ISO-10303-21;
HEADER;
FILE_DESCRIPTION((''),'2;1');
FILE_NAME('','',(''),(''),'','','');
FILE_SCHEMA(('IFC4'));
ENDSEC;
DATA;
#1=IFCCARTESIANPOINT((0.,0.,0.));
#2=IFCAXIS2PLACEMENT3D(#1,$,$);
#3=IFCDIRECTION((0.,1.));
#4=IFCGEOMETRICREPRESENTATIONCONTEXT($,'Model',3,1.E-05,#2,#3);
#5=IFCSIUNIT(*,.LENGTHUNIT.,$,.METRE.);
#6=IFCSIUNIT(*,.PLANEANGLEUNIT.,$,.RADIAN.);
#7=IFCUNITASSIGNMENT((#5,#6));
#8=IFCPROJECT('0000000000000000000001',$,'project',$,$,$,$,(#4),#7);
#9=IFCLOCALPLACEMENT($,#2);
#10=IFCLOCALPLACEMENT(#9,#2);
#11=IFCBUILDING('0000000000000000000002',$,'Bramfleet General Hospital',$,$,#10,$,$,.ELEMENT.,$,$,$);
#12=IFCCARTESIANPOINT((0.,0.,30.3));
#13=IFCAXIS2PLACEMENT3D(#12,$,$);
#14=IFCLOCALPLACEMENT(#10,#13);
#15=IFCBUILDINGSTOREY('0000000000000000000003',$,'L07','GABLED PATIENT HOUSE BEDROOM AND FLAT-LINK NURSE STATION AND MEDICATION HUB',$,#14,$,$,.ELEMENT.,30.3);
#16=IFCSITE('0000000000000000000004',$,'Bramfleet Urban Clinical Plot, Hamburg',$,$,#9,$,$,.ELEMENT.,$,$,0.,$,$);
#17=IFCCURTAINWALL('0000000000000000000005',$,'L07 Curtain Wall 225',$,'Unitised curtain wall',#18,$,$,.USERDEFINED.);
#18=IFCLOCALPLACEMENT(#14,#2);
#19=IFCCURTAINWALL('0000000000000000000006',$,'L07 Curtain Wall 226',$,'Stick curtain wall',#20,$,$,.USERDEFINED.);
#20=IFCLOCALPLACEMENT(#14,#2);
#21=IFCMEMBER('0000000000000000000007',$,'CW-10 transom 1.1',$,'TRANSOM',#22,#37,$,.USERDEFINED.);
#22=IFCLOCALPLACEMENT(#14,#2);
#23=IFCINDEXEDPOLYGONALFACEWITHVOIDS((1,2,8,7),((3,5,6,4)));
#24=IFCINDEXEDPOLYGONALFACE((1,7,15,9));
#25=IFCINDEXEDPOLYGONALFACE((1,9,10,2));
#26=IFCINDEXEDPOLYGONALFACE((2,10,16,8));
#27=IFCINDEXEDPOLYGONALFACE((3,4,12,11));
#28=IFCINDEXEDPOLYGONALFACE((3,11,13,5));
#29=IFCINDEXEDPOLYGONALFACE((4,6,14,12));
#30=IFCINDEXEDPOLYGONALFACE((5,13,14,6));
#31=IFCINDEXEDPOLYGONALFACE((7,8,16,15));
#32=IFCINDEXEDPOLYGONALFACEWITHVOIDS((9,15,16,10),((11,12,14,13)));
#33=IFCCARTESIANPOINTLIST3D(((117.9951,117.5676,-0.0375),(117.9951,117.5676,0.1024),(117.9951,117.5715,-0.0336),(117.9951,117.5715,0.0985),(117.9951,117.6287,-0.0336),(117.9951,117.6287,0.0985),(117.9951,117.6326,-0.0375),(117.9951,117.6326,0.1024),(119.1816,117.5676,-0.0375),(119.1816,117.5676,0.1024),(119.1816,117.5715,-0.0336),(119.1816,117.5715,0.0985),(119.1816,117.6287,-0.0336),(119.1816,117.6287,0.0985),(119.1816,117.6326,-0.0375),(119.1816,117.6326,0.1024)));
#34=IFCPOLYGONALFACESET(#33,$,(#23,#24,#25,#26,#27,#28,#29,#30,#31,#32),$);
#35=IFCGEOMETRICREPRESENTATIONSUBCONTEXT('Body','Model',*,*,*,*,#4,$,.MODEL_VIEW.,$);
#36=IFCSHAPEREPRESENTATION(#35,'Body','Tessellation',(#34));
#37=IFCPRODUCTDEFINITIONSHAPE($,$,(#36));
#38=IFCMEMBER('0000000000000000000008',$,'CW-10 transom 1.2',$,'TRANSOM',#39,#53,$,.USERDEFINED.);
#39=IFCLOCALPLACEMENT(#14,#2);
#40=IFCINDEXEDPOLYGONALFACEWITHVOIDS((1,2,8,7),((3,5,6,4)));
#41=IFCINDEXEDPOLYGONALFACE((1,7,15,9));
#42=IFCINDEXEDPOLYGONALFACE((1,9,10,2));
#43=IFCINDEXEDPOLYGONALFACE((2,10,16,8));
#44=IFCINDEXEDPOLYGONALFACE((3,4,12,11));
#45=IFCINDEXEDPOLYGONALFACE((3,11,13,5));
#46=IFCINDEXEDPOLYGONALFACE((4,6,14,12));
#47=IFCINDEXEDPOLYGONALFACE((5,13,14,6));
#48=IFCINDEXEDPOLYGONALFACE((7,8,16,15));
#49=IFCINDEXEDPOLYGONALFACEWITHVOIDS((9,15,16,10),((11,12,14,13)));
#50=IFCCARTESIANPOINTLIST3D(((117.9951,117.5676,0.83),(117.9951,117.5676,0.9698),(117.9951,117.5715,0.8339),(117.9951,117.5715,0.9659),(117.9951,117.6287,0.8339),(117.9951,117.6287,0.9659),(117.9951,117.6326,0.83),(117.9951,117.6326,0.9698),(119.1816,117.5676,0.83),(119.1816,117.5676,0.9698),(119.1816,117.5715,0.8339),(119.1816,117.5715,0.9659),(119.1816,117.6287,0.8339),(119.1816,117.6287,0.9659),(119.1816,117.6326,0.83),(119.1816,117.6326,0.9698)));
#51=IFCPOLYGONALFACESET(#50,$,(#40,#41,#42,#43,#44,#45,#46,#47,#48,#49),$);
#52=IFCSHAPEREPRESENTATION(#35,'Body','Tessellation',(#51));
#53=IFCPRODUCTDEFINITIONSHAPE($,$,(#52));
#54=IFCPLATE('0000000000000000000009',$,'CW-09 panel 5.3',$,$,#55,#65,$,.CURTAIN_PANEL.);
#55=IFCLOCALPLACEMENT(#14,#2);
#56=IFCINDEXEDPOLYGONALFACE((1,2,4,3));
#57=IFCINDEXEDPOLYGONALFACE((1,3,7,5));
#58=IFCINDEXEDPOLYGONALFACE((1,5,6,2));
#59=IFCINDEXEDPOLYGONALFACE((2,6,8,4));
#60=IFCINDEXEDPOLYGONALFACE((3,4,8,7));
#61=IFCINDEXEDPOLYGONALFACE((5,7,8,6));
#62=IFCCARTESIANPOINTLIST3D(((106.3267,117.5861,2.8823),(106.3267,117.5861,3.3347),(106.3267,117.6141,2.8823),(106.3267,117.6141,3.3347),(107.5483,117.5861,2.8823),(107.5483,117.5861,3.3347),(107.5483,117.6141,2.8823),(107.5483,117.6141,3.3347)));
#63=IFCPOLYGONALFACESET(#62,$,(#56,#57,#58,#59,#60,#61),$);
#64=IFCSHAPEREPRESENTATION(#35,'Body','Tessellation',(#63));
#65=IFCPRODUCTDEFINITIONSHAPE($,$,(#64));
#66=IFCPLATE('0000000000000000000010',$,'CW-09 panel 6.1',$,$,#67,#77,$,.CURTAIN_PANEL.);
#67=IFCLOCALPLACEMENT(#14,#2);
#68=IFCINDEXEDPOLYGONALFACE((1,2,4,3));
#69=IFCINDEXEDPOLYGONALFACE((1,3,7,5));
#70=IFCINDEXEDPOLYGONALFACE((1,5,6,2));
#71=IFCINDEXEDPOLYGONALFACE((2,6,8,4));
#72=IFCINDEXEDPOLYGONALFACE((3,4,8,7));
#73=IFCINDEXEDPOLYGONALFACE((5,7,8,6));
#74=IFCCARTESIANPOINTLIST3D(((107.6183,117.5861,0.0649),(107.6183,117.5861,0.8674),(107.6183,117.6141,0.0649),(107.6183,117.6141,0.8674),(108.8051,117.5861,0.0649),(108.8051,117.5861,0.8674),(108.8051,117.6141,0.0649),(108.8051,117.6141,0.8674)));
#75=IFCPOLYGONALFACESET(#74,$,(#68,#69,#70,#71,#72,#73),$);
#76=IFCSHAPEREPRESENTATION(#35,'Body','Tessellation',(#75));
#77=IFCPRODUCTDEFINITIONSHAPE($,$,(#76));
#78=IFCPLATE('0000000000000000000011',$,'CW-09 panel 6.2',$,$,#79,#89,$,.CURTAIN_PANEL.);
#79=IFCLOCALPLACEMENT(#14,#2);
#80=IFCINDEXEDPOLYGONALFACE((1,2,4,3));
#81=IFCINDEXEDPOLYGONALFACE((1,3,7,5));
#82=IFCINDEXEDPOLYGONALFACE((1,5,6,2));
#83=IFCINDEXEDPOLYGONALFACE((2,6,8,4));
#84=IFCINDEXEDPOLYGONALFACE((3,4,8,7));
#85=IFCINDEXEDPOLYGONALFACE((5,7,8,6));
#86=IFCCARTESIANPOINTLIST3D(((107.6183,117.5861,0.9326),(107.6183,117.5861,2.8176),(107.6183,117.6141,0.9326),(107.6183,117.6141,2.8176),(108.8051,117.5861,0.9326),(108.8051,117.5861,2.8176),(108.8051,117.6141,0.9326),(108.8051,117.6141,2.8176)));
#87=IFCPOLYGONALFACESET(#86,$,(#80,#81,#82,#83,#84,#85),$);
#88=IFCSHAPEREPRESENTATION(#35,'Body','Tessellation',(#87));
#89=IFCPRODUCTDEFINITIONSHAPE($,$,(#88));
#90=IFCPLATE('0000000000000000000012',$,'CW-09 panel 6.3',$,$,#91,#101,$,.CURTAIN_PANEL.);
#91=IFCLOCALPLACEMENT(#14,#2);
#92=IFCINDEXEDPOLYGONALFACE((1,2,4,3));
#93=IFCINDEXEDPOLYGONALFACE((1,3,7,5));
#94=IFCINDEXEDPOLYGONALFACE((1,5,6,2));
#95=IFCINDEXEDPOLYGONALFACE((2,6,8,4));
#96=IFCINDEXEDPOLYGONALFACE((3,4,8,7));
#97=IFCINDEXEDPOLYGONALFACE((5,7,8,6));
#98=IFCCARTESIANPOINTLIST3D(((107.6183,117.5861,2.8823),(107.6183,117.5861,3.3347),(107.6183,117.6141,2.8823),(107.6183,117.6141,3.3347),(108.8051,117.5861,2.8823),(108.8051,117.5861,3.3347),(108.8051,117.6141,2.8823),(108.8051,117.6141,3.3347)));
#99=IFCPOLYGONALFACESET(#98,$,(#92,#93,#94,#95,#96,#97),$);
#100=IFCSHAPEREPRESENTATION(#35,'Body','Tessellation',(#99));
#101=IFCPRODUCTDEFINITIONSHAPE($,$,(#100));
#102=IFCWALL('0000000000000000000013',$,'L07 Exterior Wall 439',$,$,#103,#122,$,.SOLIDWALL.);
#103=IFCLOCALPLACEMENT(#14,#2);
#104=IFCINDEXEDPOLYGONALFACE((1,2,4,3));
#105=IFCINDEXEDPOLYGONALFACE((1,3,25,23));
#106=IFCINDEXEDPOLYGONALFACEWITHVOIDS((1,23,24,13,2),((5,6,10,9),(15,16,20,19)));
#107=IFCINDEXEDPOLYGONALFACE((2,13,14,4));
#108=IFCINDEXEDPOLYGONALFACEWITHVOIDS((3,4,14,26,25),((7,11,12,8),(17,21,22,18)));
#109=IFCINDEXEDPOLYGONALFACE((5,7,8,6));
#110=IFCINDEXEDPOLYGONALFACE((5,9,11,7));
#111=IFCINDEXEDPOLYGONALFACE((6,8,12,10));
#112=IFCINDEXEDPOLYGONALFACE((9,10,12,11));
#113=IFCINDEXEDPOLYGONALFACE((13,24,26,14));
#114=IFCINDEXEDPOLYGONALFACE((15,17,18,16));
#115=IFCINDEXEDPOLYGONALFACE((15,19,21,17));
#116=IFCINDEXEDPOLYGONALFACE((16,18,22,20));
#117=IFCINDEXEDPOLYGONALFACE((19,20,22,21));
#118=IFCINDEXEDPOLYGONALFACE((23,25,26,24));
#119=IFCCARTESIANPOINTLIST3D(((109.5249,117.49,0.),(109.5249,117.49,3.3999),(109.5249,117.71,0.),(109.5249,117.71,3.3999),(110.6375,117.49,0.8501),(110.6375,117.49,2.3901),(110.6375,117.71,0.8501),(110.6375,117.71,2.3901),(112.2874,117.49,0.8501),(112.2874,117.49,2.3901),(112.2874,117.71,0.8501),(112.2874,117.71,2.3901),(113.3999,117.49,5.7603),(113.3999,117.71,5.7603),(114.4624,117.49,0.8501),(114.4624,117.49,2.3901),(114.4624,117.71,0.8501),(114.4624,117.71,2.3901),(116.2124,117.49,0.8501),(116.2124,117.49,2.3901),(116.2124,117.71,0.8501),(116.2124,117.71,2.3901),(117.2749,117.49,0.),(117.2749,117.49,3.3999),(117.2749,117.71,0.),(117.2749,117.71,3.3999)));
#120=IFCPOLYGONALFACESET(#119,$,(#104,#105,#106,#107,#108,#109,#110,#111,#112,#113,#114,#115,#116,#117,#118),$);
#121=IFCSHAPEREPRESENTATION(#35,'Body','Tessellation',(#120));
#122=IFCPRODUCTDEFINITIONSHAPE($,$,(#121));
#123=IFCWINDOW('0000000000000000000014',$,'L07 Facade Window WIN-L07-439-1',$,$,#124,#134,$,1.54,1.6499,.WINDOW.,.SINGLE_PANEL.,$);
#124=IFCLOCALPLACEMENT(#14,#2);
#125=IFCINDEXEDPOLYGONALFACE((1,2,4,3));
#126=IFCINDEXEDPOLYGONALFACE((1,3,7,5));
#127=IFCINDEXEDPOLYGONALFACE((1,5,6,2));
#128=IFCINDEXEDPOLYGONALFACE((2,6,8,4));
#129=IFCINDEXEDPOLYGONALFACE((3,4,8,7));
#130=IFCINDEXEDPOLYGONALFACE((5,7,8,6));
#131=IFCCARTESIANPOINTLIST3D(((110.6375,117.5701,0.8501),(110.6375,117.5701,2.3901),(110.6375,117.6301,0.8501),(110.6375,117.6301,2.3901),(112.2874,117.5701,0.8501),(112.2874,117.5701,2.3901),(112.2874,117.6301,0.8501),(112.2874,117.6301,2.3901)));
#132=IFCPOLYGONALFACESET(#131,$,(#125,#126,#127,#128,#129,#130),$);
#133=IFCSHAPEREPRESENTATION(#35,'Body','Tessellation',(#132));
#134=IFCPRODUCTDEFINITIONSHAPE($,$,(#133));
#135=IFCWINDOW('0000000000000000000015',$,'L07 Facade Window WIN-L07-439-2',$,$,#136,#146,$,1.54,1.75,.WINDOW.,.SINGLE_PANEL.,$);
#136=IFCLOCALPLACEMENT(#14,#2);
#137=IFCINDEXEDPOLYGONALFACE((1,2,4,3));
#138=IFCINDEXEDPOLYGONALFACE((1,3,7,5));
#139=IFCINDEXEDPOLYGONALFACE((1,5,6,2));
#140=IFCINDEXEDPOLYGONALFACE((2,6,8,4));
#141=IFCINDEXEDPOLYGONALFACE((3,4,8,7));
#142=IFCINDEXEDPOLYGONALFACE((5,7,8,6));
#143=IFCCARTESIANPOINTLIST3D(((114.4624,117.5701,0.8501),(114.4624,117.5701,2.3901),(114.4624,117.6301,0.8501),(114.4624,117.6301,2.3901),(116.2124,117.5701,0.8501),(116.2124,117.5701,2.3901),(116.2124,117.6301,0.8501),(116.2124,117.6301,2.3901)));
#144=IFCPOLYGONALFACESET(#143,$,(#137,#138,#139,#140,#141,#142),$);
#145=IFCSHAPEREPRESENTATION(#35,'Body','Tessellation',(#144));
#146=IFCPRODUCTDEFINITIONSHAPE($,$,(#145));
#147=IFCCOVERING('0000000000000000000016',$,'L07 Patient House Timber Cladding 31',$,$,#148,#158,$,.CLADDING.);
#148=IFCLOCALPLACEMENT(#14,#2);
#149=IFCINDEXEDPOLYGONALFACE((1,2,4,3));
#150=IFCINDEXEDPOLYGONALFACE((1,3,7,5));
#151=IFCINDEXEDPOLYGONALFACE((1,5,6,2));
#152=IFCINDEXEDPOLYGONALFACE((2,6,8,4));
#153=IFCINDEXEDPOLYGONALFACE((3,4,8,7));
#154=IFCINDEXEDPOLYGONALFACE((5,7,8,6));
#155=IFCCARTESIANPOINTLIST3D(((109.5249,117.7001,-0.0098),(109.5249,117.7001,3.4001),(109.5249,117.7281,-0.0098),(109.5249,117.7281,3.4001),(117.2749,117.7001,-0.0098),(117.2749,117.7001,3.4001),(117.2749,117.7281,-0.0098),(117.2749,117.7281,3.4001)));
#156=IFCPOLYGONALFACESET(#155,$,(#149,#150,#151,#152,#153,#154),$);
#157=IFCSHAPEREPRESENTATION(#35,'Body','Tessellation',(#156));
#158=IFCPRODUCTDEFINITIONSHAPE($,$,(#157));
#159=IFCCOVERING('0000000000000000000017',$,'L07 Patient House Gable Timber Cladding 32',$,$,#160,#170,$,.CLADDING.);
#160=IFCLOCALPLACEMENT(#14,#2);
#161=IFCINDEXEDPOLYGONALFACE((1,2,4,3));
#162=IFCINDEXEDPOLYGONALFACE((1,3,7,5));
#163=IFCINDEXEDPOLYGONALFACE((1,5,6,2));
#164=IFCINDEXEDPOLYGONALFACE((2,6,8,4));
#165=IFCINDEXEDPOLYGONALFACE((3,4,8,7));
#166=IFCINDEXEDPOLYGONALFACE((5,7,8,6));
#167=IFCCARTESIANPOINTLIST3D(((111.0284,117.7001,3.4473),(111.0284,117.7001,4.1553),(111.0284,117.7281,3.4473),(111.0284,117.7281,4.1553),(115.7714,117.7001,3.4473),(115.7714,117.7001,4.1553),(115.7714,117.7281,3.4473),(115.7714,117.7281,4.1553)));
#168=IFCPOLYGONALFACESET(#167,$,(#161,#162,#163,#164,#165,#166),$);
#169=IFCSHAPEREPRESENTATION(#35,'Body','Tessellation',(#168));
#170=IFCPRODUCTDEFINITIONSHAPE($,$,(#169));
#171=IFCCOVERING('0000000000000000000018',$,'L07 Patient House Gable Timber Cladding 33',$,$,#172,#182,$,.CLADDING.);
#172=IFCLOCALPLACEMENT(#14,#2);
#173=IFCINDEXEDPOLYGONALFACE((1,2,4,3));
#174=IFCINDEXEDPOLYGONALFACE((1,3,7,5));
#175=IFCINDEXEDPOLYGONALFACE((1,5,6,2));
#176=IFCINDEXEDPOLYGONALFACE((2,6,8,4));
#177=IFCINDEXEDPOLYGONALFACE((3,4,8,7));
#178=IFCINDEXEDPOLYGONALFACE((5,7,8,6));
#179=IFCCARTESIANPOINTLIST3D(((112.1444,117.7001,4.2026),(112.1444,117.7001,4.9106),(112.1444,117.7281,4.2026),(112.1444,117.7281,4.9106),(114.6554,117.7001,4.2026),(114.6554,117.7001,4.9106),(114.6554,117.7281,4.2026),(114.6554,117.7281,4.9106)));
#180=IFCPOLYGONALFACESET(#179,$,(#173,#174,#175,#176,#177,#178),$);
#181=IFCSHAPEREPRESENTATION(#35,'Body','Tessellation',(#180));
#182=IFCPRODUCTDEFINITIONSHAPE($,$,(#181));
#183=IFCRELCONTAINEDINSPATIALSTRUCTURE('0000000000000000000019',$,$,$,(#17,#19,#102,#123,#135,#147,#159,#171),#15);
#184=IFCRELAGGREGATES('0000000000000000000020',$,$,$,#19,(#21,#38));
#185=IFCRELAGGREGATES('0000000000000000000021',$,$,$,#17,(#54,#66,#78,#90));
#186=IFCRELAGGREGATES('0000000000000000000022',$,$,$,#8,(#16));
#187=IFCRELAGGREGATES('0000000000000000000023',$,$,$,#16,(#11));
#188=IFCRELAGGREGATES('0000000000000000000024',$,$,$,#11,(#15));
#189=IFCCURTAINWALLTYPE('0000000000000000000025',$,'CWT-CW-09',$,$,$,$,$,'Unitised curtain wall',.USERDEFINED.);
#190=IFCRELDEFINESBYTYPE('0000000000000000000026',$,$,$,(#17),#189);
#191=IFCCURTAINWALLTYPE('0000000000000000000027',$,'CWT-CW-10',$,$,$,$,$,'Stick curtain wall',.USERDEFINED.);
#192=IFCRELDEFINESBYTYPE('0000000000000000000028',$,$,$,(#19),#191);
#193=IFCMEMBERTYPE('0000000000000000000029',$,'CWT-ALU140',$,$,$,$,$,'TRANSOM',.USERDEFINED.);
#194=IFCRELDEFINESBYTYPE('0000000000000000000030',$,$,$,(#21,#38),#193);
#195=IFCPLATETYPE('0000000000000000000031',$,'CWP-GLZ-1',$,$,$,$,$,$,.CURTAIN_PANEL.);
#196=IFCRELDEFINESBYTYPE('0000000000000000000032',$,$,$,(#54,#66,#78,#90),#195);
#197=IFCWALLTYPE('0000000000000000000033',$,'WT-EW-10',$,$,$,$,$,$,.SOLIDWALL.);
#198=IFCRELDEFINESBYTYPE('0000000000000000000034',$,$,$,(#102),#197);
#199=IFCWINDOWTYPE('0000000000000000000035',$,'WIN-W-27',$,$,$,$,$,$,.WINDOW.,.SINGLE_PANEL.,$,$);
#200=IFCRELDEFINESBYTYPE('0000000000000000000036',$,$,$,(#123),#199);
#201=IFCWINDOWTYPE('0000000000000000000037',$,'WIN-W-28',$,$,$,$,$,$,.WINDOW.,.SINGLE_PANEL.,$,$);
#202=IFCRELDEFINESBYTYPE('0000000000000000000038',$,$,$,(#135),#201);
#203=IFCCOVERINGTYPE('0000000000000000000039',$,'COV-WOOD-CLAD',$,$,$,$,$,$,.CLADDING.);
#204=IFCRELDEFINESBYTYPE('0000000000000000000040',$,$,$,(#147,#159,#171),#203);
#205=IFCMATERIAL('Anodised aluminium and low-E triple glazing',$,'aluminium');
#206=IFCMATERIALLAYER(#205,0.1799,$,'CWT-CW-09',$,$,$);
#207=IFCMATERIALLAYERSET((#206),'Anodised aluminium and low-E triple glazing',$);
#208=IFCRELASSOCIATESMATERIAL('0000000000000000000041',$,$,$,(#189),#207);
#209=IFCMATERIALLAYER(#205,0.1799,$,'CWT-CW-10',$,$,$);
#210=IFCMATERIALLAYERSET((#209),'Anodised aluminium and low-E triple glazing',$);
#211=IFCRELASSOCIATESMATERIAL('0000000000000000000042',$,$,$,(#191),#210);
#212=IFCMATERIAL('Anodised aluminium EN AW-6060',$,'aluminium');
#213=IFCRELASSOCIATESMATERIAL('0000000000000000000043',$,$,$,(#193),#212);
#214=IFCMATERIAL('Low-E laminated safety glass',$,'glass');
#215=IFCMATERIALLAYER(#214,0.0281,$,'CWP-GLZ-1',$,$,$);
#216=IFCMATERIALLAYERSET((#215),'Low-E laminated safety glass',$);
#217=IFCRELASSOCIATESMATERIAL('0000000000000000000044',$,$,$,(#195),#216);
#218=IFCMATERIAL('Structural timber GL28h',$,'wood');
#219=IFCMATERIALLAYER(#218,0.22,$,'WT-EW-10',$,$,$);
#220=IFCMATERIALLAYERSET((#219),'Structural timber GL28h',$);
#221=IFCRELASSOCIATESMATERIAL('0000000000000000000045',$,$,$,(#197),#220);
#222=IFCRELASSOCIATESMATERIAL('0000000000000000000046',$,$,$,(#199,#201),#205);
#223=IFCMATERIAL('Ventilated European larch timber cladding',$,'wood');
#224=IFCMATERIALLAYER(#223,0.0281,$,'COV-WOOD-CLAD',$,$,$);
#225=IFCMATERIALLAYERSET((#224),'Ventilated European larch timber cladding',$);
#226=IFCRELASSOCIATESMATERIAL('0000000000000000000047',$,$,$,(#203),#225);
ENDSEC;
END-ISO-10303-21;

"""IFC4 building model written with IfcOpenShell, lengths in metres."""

from ifc_helpers import new_model, si_unit, direction, frame, frame_2d, origin, origin_2d, place, context, subcontext, project, spatial, polyline, rectangle, hollow_rectangle, outline, extrude, material, layer, layer_set, material_profile, profile_set, type_object, element, fill, aggregate, save


model = new_model("IFC4")

# Units and contexts
model_context = context("Model", 3, precision=1e-05, world=origin(), true_north=direction((0.0, 1.0)))
body_context = subcontext(model_context, "Body", "Model", "MODEL_VIEW")
ifc_project = project(units=[si_unit("LENGTHUNIT", "METRE"), si_unit("PLANEANGLEUNIT", "RADIAN")], contexts=[model_context])

# Site, building, storey
site_placement = place(None, origin())
site = spatial("IfcSite", under=ifc_project, at=site_placement, Name="Bramfleet Urban Clinical Plot, Hamburg", CompositionType="ELEMENT", RefElevation=0.0)
building_placement = place(site_placement, origin())
building = spatial("IfcBuilding", under=site, at=building_placement, Name="Bramfleet General Hospital", CompositionType="ELEMENT")
storey_placement = place(building_placement, frame((0.0, 0.0, 30.3)))
storey = spatial("IfcBuildingStorey", under=building, at=storey_placement, Name="L07", Description="GABLED PATIENT HOUSE BEDROOM AND FLAT-LINK NURSE STATION AND MEDICATION HUB", CompositionType="ELEMENT", Elevation=30.3)

# Curtain wall
ifc_material_1 = material(Name="Anodised aluminium and low-E triple glazing", Category="aluminium")
ifc_layer_1 = layer(ifc_material_1, 0.1799, Name="CWT-CW-09")
ifc_layer_set_1 = layer_set([ifc_layer_1], Name="Anodised aluminium and low-E triple glazing")
curtain_wall_type_1 = type_object("IfcCurtainWallType", Name="CWT-CW-09", ElementType="Unitised curtain wall", PredefinedType="USERDEFINED", material=ifc_layer_set_1)
curtain_wall_1_placement = place(storey_placement, origin())
curtain_wall_1 = element("IfcCurtainWall", 1, at=curtain_wall_1_placement, inside=storey, type_object=curtain_wall_type_1, Name="L07 Curtain Wall 225", ObjectType="Unitised curtain wall", PredefinedType="USERDEFINED")
ifc_material_2 = material(Name="Anodised aluminium EN AW-6060", Category="aluminium")

# Curtain wall
ifc_layer_2 = layer(ifc_material_1, 0.1799, Name="CWT-CW-10")
ifc_layer_set_2 = layer_set([ifc_layer_2], Name="Anodised aluminium and low-E triple glazing")
curtain_wall_type_2 = type_object("IfcCurtainWallType", Name="CWT-CW-10", ElementType="Stick curtain wall", PredefinedType="USERDEFINED", material=ifc_layer_set_2)
curtain_wall_2_placement = place(storey_placement, origin())
curtain_wall_2 = element("IfcCurtainWall", 2, at=curtain_wall_2_placement, inside=storey, type_object=curtain_wall_type_2, Name="L07 Curtain Wall 226", ObjectType="Stick curtain wall", PredefinedType="USERDEFINED")

# Members
ifc_material_profile_1 = material_profile(ifc_material_2, hollow_rectangle(XDim=0.0649, YDim=0.1399, WallThickness=0.0039, at=origin_2d()), Name="ALU 140x65x4.0")
ifc_profile_set_1 = profile_set([ifc_material_profile_1], Name="Anodised aluminium EN AW-6060")
member_type_1 = type_object("IfcMemberType", Name="CWT-ALU140", ElementType="TRANSOM", PredefinedType="USERDEFINED", material=ifc_profile_set_1)
member_1_placement = place(storey_placement, frame((117.9951, 117.6001, 0.0325), z_axis=(1.0, 0.0, 0.0), x_axis=(0.0, 1.0, 0.0)))
member_1 = element("IfcMember", 3, at=member_1_placement, type_object=member_type_1, Name="CW-10 transom 1.1", ObjectType="TRANSOM", PredefinedType="USERDEFINED", context=body_context, shape_type="SweptSolid", body=[
    extrude(hollow_rectangle(XDim=0.0649, YDim=0.1399, WallThickness=0.0039, at=origin_2d()), origin(), (0.0, 0.0, 1.0), 1.1865),
])
member_2_placement = place(storey_placement, frame((117.9951, 117.6001, 0.8999), z_axis=(1.0, 0.0, 0.0), x_axis=(0.0, 1.0, 0.0)))
member_2 = element("IfcMember", 4, at=member_2_placement, type_object=member_type_1, Name="CW-10 transom 1.2", ObjectType="TRANSOM", PredefinedType="USERDEFINED", context=body_context, shape_type="SweptSolid", body=[
    extrude(hollow_rectangle(XDim=0.0649, YDim=0.1399, WallThickness=0.0039, at=origin_2d()), origin(), (0.0, 0.0, 1.0), 1.1865),
])
aggregate(curtain_wall_2, [member_1, member_2])

# Plates
ifc_material_3 = material(Name="Low-E laminated safety glass", Category="glass")
ifc_layer_3 = layer(ifc_material_3, 0.0281, Name="CWP-GLZ-1")
ifc_layer_set_3 = layer_set([ifc_layer_3], Name="Low-E laminated safety glass")
plate_type = type_object("IfcPlateType", Name="CWP-GLZ-1", PredefinedType="CURTAIN_PANEL", material=ifc_layer_set_3)
plate_1_placement = place(storey_placement, frame((106.9375, 117.6001, 2.8823), z_axis=(0.0, 0.0, 1.0), x_axis=(1.0, 0.0, 0.0)))
plate_1 = element("IfcPlate", 5, at=plate_1_placement, type_object=plate_type, Name="CW-09 panel 5.3", PredefinedType="CURTAIN_PANEL", context=body_context, shape_type="SweptSolid", body=[
    extrude(rectangle(XDim=1.2217, YDim=0.0281, at=origin_2d()), origin(), (0.0, 0.0, 1.0), 0.4524),
])
plate_2_placement = place(storey_placement, frame((108.2117, 117.6001, 0.0649), z_axis=(0.0, 0.0, 1.0), x_axis=(1.0, 0.0, 0.0)))
plate_2 = element("IfcPlate", 6, at=plate_2_placement, type_object=plate_type, Name="CW-09 panel 6.1", PredefinedType="CURTAIN_PANEL", context=body_context, shape_type="SweptSolid", body=[
    extrude(rectangle(XDim=1.1868, YDim=0.0281, at=origin_2d()), origin(), (0.0, 0.0, 1.0), 0.8025),
])
plate_3_placement = place(storey_placement, frame((108.2117, 117.6001, 0.9326), z_axis=(0.0, 0.0, 1.0), x_axis=(1.0, 0.0, 0.0)))
plate_3 = element("IfcPlate", 7, at=plate_3_placement, type_object=plate_type, Name="CW-09 panel 6.2", PredefinedType="CURTAIN_PANEL", context=body_context, shape_type="SweptSolid", body=[
    extrude(rectangle(XDim=1.1868, YDim=0.0281, at=origin_2d()), origin(), (0.0, 0.0, 1.0), 1.885),
])
plate_4_placement = place(storey_placement, frame((108.2117, 117.6001, 2.8823), z_axis=(0.0, 0.0, 1.0), x_axis=(1.0, 0.0, 0.0)))
plate_4 = element("IfcPlate", 8, at=plate_4_placement, type_object=plate_type, Name="CW-09 panel 6.3", PredefinedType="CURTAIN_PANEL", context=body_context, shape_type="SweptSolid", body=[
    extrude(rectangle(XDim=1.1868, YDim=0.0281, at=origin_2d()), origin(), (0.0, 0.0, 1.0), 0.4524),
])
aggregate(curtain_wall_1, [plate_1, plate_2, plate_3, plate_4])

# Wall, openings, windows
ifc_material_4 = material(Name="Structural timber GL28h", Category="wood")
ifc_layer_4 = layer(ifc_material_4, 0.22, Name="WT-EW-10")
ifc_layer_set_4 = layer_set([ifc_layer_4], Name="Structural timber GL28h")
wall_type = type_object("IfcWallType", Name="WT-EW-10", PredefinedType="SOLIDWALL", material=ifc_layer_set_4)
wall_placement = place(storey_placement, frame((109.5249, 117.6001, 0.0), z_axis=(0.0, 0.0, 1.0), x_axis=(1.0, 0.0, 0.0)))
wall = element("IfcWall", 9, at=wall_placement, inside=storey, type_object=wall_type, Name="L07 Exterior Wall 439", PredefinedType="SOLIDWALL", context=body_context, shape_type="SweptSolid", body=[
    extrude(outline(polyline([(0.0, 0.0), (7.75, 0.0), (7.75, 3.3999), (3.875, 5.7603), (0.0, 3.3999), (0.0, 0.0)])), frame((0.0, 0.1099, 0.0), z_axis=(0.0, -1.0, 0.0), x_axis=(1.0, 0.0, 0.0)), (0.0, 0.0, 1.0), 0.22),
])
opening_1_placement = place(wall_placement, frame((1.1125, 0.0, 0.8501)))
opening_1 = element("IfcOpeningElement", 10, at=opening_1_placement, cuts=wall, PredefinedType="OPENING", context=body_context, shape_type="SweptSolid", body=[
    extrude(rectangle(XDim=1.6499, YDim=1.54, at=frame_2d((0.825, 0.77))), frame((0.0, 0.1199, 0.0), z_axis=(0.0, -1.0, 0.0), x_axis=(1.0, 0.0, 0.0)), (0.0, 0.0, 1.0), 0.24),
])
opening_2_placement = place(wall_placement, frame((4.9375, 0.0, 0.8501)))
opening_2 = element("IfcOpeningElement", 11, at=opening_2_placement, cuts=wall, PredefinedType="OPENING", context=body_context, shape_type="SweptSolid", body=[
    extrude(rectangle(XDim=1.75, YDim=1.54, at=frame_2d((0.875, 0.77))), frame((0.0, 0.1199, 0.0), z_axis=(0.0, -1.0, 0.0), x_axis=(1.0, 0.0, 0.0)), (0.0, 0.0, 1.0), 0.24),
])
window_type_1 = type_object("IfcWindowType", Name="WIN-W-27", PartitioningType="SINGLE_PANEL", PredefinedType="WINDOW", material=ifc_material_1)
window_1_placement = place(opening_1_placement, origin())
window_1 = element("IfcWindow", 12, at=window_1_placement, inside=storey, type_object=window_type_1, Name="L07 Facade Window WIN-L07-439-1", OverallHeight=1.54, OverallWidth=1.6499, PartitioningType="SINGLE_PANEL", PredefinedType="WINDOW", context=body_context, shape_type="SweptSolid", body=[
    extrude(rectangle(XDim=1.6499, YDim=1.54, at=frame_2d((0.825, 0.77))), frame((0.0, 0.03, 0.0), z_axis=(0.0, -1.0, 0.0), x_axis=(1.0, 0.0, 0.0)), (0.0, 0.0, 1.0), 0.0601),
])
fill(opening_1, window_1)
window_type_2 = type_object("IfcWindowType", Name="WIN-W-28", PartitioningType="SINGLE_PANEL", PredefinedType="WINDOW", material=ifc_material_1)
window_2_placement = place(opening_2_placement, origin())
window_2 = element("IfcWindow", 13, at=window_2_placement, inside=storey, type_object=window_type_2, Name="L07 Facade Window WIN-L07-439-2", OverallHeight=1.54, OverallWidth=1.75, PartitioningType="SINGLE_PANEL", PredefinedType="WINDOW", context=body_context, shape_type="SweptSolid", body=[
    extrude(rectangle(XDim=1.75, YDim=1.54, at=frame_2d((0.875, 0.77))), frame((0.0, 0.03, 0.0), z_axis=(0.0, -1.0, 0.0), x_axis=(1.0, 0.0, 0.0)), (0.0, 0.0, 1.0), 0.0601),
])
fill(opening_2, window_2)

# Coverings
ifc_material_5 = material(Name="Ventilated European larch timber cladding", Category="wood")
ifc_layer_5 = layer(ifc_material_5, 0.0281, Name="COV-WOOD-CLAD")
ifc_layer_set_5 = layer_set([ifc_layer_5], Name="Ventilated European larch timber cladding")
covering_type = type_object("IfcCoveringType", Name="COV-WOOD-CLAD", PredefinedType="CLADDING", material=ifc_layer_set_5)
covering_1_placement = place(storey_placement, frame((113.3999, 117.7141, -0.0098), z_axis=(0.0, 0.0, 1.0), x_axis=(1.0, 0.0, 0.0)))
element("IfcCovering", 14, at=covering_1_placement, inside=storey, type_object=covering_type, Name="L07 Patient House Timber Cladding 31", PredefinedType="CLADDING", context=body_context, shape_type="SweptSolid", body=[
    extrude(rectangle(XDim=7.75, YDim=0.0281, at=origin_2d()), origin(), (0.0, 0.0, 1.0), 3.4099),
])
covering_2_placement = place(storey_placement, frame((113.3999, 117.7141, 3.4473), z_axis=(0.0, 0.0, 1.0), x_axis=(1.0, 0.0, 0.0)))
element("IfcCovering", 15, at=covering_2_placement, inside=storey, type_object=covering_type, Name="L07 Patient House Gable Timber Cladding 32", PredefinedType="CLADDING", context=body_context, shape_type="SweptSolid", body=[
    extrude(rectangle(XDim=4.7429, YDim=0.0281, at=origin_2d()), origin(), (0.0, 0.0, 1.0), 0.708),
])
covering_3_placement = place(storey_placement, frame((113.3999, 117.7141, 4.2026), z_axis=(0.0, 0.0, 1.0), x_axis=(1.0, 0.0, 0.0)))
element("IfcCovering", 16, at=covering_3_placement, inside=storey, type_object=covering_type, Name="L07 Patient House Gable Timber Cladding 33", PredefinedType="CLADDING", context=body_context, shape_type="SweptSolid", body=[
    extrude(rectangle(XDim=2.511, YDim=0.0281, at=origin_2d()), origin(), (0.0, 0.0, 1.0), 0.708),
])

save(model, "model.ifc")
